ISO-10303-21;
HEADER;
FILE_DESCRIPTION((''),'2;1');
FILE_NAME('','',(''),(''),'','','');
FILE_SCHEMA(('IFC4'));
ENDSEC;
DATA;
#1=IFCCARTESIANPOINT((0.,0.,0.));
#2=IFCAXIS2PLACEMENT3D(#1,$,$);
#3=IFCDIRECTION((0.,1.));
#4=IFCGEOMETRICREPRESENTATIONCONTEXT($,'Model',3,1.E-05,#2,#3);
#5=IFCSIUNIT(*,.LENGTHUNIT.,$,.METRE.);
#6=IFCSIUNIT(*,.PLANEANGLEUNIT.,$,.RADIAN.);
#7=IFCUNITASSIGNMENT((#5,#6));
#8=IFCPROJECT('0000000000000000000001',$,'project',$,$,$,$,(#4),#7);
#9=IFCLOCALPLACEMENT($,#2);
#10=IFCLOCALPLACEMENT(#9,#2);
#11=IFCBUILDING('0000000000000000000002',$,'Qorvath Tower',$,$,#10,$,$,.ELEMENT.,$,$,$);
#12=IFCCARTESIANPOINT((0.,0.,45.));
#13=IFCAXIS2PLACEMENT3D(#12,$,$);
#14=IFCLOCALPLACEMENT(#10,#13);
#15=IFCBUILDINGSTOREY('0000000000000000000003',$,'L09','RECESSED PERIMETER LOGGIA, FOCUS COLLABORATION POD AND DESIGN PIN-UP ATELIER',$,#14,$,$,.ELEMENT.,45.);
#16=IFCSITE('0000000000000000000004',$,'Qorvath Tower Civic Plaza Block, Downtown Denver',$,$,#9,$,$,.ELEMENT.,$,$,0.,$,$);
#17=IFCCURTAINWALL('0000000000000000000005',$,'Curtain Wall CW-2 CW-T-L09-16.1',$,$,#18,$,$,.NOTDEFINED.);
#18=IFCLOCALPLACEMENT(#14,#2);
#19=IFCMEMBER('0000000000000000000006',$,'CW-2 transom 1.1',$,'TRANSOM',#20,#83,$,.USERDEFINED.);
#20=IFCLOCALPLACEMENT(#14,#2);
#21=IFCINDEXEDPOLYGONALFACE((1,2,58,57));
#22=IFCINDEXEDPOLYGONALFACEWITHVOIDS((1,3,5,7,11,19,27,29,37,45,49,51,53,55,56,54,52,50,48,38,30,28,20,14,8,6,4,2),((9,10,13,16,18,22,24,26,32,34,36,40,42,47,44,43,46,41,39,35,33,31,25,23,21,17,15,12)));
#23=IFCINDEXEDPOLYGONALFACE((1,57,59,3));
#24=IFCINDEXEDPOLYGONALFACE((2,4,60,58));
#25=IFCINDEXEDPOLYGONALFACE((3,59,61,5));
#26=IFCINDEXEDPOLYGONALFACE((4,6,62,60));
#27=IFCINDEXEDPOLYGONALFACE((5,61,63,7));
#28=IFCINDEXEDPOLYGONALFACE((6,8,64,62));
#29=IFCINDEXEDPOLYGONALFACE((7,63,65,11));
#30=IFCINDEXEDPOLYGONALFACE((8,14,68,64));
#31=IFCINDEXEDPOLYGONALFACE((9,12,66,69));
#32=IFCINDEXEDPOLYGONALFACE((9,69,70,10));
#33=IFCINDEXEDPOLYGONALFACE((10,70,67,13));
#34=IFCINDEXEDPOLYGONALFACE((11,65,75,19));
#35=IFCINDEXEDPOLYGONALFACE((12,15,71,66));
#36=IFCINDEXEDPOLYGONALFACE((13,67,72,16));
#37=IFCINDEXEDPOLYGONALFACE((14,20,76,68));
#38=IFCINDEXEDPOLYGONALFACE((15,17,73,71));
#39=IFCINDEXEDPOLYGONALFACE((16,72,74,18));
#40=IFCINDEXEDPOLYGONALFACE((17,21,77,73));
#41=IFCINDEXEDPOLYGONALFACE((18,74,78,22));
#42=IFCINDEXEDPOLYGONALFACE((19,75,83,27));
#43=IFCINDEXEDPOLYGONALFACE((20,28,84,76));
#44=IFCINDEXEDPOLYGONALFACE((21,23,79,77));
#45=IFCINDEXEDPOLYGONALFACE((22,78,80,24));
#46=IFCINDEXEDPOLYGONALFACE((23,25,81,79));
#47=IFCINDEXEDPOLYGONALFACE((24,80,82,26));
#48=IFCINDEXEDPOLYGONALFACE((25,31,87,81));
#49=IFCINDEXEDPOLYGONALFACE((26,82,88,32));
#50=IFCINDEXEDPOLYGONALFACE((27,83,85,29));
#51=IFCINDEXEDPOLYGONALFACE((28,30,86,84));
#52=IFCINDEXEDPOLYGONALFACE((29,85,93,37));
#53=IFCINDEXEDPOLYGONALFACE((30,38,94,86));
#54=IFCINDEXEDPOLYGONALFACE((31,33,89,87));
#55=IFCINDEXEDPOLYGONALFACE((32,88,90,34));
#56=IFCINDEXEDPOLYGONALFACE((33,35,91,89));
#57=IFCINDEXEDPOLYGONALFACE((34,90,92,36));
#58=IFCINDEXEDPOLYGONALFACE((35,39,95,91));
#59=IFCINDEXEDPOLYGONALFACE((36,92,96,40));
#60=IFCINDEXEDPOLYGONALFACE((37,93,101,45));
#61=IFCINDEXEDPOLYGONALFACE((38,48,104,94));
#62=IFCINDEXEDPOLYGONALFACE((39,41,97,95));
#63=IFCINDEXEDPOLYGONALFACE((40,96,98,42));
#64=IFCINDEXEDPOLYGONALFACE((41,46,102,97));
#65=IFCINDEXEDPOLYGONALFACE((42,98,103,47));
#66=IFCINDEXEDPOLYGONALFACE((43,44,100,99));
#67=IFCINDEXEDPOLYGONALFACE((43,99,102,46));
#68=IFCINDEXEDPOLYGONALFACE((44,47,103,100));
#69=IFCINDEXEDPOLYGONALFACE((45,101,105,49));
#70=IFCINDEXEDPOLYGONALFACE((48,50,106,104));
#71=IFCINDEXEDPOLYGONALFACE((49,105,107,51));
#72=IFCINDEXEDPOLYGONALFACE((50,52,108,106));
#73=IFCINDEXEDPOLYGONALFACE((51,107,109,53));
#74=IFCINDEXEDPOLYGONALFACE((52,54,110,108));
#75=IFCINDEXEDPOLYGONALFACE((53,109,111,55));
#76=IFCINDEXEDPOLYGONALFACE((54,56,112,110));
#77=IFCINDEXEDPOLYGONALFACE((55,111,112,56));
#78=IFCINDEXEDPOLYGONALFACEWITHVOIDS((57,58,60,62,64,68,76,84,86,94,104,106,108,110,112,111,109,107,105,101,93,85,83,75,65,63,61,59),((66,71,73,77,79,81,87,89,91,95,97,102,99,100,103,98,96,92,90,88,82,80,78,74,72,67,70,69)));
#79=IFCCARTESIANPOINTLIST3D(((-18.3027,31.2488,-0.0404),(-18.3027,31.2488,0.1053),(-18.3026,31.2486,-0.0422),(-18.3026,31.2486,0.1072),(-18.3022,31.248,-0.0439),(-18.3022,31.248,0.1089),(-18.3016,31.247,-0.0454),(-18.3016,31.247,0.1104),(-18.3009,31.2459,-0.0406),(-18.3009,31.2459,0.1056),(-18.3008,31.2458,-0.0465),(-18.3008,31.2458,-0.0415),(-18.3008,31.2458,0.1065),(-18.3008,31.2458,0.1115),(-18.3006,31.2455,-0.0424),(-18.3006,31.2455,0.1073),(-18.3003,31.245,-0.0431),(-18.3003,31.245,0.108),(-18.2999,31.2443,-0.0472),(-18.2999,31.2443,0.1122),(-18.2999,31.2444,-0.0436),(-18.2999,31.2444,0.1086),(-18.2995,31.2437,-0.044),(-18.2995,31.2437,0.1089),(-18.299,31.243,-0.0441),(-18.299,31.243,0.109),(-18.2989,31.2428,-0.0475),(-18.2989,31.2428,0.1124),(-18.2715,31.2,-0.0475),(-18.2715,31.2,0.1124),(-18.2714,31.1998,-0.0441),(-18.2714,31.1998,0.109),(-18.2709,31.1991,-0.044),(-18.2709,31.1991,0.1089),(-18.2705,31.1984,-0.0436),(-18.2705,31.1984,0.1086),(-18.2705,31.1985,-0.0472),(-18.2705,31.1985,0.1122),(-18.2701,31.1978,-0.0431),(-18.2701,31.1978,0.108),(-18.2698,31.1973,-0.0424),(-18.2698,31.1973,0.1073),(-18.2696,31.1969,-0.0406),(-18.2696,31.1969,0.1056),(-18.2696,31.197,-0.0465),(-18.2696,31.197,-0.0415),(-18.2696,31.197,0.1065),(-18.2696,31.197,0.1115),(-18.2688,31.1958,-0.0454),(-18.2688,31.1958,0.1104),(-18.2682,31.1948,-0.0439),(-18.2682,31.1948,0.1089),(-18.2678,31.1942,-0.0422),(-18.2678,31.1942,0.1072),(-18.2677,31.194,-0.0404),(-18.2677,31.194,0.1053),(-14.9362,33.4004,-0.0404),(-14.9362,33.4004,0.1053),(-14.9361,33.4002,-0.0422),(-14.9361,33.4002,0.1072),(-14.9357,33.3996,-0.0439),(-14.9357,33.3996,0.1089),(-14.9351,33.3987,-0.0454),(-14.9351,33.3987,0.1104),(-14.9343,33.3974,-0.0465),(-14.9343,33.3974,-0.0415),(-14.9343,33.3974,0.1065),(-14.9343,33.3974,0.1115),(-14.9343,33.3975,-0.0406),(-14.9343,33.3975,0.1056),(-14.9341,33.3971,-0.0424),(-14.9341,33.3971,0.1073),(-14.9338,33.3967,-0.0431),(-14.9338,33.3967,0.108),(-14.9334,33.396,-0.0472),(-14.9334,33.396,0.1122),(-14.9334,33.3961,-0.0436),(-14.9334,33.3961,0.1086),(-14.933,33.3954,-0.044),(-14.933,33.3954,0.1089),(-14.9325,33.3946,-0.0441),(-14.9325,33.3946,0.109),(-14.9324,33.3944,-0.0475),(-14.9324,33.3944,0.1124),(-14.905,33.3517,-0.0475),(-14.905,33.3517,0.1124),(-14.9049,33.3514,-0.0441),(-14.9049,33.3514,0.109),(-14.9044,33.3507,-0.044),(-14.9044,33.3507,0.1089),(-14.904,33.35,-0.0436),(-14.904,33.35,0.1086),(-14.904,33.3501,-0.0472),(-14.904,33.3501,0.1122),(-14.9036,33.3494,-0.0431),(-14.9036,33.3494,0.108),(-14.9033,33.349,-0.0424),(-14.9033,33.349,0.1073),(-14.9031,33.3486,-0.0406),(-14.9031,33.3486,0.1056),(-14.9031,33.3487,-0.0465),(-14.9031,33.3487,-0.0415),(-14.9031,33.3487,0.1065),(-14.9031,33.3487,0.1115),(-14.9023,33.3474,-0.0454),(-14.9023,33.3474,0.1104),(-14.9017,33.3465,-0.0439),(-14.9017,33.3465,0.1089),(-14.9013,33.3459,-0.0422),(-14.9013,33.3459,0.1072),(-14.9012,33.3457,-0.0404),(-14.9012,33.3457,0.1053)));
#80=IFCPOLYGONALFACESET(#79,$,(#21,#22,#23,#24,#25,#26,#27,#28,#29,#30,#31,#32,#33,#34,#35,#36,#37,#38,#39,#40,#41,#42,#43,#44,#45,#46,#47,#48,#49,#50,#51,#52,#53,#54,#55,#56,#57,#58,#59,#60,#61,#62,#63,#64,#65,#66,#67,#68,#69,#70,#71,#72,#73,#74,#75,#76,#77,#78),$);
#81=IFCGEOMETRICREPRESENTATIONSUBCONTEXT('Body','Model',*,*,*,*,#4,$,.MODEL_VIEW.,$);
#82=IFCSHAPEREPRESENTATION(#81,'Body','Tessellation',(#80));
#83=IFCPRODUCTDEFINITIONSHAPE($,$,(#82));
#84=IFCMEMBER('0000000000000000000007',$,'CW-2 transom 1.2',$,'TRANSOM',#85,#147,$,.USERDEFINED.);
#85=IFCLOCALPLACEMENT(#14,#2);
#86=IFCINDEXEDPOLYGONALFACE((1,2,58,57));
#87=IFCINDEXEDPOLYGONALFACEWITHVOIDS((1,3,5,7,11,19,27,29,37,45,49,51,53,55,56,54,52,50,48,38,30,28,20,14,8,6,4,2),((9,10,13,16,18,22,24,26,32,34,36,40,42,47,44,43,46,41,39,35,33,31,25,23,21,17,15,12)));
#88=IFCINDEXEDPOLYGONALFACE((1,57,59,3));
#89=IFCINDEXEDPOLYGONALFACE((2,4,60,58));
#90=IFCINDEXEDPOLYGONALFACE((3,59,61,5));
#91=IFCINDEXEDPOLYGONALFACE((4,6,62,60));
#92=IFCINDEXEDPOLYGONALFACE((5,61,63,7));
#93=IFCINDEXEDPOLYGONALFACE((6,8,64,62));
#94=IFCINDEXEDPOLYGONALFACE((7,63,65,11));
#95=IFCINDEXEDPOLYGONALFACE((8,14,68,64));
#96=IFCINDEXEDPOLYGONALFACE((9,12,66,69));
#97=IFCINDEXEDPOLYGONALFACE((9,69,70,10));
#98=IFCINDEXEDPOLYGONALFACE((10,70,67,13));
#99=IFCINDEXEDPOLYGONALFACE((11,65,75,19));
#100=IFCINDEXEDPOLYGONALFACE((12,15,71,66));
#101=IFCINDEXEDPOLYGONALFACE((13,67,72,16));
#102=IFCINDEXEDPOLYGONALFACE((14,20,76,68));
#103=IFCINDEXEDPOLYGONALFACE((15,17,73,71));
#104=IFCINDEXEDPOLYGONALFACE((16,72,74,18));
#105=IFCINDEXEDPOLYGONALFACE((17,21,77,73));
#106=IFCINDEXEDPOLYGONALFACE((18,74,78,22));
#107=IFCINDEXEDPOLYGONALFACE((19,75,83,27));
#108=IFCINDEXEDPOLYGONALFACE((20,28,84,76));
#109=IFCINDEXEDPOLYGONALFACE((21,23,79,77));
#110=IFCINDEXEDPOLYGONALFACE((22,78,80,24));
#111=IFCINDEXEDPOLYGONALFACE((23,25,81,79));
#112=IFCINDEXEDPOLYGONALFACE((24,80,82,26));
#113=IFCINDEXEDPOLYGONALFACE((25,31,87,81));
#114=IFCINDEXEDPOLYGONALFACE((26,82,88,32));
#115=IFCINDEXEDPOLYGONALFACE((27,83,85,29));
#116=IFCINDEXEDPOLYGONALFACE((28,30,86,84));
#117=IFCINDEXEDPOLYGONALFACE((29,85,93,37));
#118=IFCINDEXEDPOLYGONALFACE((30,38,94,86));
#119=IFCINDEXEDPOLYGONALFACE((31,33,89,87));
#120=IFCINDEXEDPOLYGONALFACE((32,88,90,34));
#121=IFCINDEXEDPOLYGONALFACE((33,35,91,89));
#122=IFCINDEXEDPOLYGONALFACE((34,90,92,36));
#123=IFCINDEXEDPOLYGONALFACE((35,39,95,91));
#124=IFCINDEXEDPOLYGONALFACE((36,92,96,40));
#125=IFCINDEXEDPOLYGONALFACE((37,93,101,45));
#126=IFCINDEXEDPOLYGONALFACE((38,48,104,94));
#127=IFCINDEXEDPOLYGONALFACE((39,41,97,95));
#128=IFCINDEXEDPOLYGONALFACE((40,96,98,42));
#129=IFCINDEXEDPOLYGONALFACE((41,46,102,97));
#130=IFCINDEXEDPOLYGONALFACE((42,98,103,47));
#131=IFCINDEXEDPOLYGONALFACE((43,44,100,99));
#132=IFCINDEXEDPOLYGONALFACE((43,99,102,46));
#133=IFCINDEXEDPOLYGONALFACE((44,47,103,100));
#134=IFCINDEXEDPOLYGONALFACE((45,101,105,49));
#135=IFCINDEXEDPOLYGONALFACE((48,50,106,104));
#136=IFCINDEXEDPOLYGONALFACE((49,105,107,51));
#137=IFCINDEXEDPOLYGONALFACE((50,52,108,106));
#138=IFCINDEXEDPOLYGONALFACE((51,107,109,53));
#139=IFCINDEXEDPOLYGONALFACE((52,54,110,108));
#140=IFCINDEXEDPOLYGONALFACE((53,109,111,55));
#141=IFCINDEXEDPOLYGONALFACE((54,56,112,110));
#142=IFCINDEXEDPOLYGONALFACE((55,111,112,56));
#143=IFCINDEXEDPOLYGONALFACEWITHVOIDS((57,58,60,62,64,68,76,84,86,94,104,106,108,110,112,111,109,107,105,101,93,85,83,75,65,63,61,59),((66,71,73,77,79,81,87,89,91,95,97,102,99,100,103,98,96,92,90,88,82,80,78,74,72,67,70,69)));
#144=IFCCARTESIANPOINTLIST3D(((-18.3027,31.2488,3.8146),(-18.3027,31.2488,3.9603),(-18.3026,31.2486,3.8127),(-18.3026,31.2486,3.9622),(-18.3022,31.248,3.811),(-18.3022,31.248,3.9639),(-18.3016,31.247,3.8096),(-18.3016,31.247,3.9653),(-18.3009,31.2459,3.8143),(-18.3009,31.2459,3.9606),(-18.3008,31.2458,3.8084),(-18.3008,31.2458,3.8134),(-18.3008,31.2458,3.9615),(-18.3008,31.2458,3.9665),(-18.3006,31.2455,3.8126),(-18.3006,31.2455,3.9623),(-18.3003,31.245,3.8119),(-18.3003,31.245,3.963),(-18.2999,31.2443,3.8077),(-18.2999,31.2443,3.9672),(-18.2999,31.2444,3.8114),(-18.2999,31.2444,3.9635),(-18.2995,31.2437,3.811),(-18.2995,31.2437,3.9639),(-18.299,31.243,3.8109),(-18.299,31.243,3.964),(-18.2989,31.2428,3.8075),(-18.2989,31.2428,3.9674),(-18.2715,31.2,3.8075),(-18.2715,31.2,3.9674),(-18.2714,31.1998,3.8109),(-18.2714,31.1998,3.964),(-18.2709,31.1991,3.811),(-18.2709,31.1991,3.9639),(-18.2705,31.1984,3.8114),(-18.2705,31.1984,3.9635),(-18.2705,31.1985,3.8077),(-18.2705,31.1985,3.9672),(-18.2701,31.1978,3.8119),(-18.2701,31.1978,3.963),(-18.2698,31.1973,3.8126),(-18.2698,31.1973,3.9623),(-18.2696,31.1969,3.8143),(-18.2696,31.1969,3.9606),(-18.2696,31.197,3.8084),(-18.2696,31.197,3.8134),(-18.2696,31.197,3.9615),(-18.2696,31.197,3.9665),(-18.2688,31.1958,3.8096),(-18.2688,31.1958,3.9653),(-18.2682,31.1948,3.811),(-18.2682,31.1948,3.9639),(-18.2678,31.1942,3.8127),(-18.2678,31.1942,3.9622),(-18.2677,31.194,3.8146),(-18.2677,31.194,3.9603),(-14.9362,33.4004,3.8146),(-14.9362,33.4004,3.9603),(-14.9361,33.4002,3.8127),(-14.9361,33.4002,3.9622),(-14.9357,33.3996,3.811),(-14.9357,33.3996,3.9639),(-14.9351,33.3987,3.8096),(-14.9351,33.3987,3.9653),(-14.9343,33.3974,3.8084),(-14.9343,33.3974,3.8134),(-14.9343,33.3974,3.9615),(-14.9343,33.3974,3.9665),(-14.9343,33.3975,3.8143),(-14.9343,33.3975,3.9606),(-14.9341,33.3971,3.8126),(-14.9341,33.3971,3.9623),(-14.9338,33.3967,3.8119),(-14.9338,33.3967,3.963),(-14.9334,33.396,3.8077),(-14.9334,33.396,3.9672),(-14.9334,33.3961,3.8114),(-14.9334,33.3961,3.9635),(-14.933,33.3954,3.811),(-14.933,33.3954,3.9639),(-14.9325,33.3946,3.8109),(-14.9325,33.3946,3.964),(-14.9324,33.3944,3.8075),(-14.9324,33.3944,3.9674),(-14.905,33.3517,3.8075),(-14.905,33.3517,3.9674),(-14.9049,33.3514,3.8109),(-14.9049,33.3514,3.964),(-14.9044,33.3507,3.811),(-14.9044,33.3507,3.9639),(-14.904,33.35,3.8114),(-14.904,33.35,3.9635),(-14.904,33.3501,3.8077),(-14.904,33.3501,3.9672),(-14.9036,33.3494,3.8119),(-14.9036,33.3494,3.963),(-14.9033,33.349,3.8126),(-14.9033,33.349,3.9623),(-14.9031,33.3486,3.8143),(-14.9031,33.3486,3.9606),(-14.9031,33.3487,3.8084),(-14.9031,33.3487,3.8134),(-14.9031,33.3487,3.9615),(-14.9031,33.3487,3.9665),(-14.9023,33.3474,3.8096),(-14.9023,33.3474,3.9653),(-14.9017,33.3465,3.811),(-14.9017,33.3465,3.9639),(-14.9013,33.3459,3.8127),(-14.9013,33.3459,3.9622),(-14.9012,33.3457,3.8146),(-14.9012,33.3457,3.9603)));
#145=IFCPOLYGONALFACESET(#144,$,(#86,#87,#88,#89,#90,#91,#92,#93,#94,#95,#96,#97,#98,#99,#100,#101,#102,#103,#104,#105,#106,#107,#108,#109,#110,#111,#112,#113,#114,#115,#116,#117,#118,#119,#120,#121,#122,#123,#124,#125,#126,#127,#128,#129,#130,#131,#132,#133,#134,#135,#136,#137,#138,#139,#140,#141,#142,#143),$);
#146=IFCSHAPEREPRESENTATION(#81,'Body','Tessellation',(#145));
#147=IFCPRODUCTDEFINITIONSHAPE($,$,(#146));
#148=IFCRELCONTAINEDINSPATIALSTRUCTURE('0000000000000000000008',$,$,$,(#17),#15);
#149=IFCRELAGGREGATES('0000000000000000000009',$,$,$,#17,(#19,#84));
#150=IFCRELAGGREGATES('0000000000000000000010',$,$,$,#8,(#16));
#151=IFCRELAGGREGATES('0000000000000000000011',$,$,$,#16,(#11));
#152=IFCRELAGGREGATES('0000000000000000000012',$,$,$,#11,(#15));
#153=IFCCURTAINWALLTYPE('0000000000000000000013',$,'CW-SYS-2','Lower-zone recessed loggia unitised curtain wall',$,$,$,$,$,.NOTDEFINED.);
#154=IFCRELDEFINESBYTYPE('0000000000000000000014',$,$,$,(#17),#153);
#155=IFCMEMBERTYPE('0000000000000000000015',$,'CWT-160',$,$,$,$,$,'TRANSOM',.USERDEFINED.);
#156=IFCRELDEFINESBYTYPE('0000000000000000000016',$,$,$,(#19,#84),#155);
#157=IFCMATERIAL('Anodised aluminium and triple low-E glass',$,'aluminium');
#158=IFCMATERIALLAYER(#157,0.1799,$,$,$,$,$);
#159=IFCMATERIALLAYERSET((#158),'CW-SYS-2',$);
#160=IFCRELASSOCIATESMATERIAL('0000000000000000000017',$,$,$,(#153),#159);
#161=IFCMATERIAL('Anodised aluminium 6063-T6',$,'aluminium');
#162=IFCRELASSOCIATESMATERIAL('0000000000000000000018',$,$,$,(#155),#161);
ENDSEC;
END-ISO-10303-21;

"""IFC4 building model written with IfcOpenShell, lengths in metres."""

from ifc_helpers import new_model, si_unit, direction, frame, origin, origin_2d, place, context, subcontext, project, spatial, hollow_rectangle, extrude, material, layer, layer_set, material_profile, profile_set, type_object, element, aggregate, save


model = new_model("IFC4")

# Units and contexts
model_context = context("Model", 3, precision=1e-05, world=origin(), true_north=direction((0.0, 1.0)))
body_context = subcontext(model_context, "Body", "Model", "MODEL_VIEW")
ifc_project = project(units=[si_unit("LENGTHUNIT", "METRE"), si_unit("PLANEANGLEUNIT", "RADIAN")], contexts=[model_context])

# Site, building, storey
site_placement = place(None, origin())
site = spatial("IfcSite", under=ifc_project, at=site_placement, Name="Qorvath Tower Civic Plaza Block, Downtown Denver", CompositionType="ELEMENT", RefElevation=0.0)
building_placement = place(site_placement, origin())
building = spatial("IfcBuilding", under=site, at=building_placement, Name="Qorvath Tower", CompositionType="ELEMENT")
storey_placement = place(building_placement, frame((0.0, 0.0, 45.0)))
storey = spatial("IfcBuildingStorey", under=building, at=storey_placement, Name="L09", Description="RECESSED PERIMETER LOGGIA, FOCUS COLLABORATION POD AND DESIGN PIN-UP ATELIER", CompositionType="ELEMENT", Elevation=45.0)

# Shared definitions
ifc_material_1 = material(Name="Anodised aluminium and triple low-E glass", Category="aluminium")
ifc_layer_1 = layer(ifc_material_1, 0.1799)
ifc_layer_set_1 = layer_set([ifc_layer_1], Name="CW-SYS-2")
curtain_wall_type = type_object("IfcCurtainWallType", Name="CW-SYS-2", Description="Lower-zone recessed loggia unitised curtain wall", PredefinedType="NOTDEFINED", material=ifc_layer_set_1)

# Curtain wall
curtain_wall_1_placement = place(storey_placement, origin())
curtain_wall_1 = element("IfcCurtainWall", 1, at=curtain_wall_1_placement, inside=storey, type_object=curtain_wall_type, Name="Curtain Wall CW-2 CW-T-L09-16.1", PredefinedType="NOTDEFINED")

# Members
ifc_material_2 = material(Name="Anodised aluminium 6063-T6", Category="aluminium")
ifc_material_profile_1 = material_profile(ifc_material_2, hollow_rectangle(XDim=0.0649, YDim=0.1599, WallThickness=0.0034, InnerFilletRadius=0.0034, OuterFilletRadius=0.0071, at=origin_2d()), Name="CWT 160x65")
ifc_profile_set_1 = profile_set([ifc_material_profile_1], Name="Anodised aluminium 6063-T6")
member_type_1 = type_object("IfcMemberType", Name="CWT-160", ElementType="TRANSOM", PredefinedType="USERDEFINED", material=ifc_profile_set_1)
member_1_placement = place(storey_placement, frame((-14.9187, 33.373, 0.0325), z_axis=(-0.842603, -0.538535, 0.0), x_axis=(0.538535, -0.842603, 0.0)))
member_1 = element("IfcMember", 2, at=member_1_placement, type_object=member_type_1, Name="CW-2 transom 1.1", ObjectType="TRANSOM", PredefinedType="USERDEFINED", context=body_context, shape_type="SweptSolid", body=[
    extrude(hollow_rectangle(XDim=0.0649, YDim=0.1599, WallThickness=0.0034, InnerFilletRadius=0.0034, OuterFilletRadius=0.0071, at=origin_2d()), origin(), (0.0, 0.0, 1.0), 3.9954),
])
member_2_placement = place(storey_placement, frame((-14.9187, 33.373, 3.8875), z_axis=(-0.842603, -0.538535, 0.0), x_axis=(0.538535, -0.842603, 0.0)))
member_2 = element("IfcMember", 3, at=member_2_placement, type_object=member_type_1, Name="CW-2 transom 1.2", ObjectType="TRANSOM", PredefinedType="USERDEFINED", context=body_context, shape_type="SweptSolid", body=[
    extrude(hollow_rectangle(XDim=0.0649, YDim=0.1599, WallThickness=0.0034, InnerFilletRadius=0.0034, OuterFilletRadius=0.0071, at=origin_2d()), origin(), (0.0, 0.0, 1.0), 3.9954),
])

aggregate(curtain_wall_1, [member_1, member_2])

save(model, "model.ifc")
